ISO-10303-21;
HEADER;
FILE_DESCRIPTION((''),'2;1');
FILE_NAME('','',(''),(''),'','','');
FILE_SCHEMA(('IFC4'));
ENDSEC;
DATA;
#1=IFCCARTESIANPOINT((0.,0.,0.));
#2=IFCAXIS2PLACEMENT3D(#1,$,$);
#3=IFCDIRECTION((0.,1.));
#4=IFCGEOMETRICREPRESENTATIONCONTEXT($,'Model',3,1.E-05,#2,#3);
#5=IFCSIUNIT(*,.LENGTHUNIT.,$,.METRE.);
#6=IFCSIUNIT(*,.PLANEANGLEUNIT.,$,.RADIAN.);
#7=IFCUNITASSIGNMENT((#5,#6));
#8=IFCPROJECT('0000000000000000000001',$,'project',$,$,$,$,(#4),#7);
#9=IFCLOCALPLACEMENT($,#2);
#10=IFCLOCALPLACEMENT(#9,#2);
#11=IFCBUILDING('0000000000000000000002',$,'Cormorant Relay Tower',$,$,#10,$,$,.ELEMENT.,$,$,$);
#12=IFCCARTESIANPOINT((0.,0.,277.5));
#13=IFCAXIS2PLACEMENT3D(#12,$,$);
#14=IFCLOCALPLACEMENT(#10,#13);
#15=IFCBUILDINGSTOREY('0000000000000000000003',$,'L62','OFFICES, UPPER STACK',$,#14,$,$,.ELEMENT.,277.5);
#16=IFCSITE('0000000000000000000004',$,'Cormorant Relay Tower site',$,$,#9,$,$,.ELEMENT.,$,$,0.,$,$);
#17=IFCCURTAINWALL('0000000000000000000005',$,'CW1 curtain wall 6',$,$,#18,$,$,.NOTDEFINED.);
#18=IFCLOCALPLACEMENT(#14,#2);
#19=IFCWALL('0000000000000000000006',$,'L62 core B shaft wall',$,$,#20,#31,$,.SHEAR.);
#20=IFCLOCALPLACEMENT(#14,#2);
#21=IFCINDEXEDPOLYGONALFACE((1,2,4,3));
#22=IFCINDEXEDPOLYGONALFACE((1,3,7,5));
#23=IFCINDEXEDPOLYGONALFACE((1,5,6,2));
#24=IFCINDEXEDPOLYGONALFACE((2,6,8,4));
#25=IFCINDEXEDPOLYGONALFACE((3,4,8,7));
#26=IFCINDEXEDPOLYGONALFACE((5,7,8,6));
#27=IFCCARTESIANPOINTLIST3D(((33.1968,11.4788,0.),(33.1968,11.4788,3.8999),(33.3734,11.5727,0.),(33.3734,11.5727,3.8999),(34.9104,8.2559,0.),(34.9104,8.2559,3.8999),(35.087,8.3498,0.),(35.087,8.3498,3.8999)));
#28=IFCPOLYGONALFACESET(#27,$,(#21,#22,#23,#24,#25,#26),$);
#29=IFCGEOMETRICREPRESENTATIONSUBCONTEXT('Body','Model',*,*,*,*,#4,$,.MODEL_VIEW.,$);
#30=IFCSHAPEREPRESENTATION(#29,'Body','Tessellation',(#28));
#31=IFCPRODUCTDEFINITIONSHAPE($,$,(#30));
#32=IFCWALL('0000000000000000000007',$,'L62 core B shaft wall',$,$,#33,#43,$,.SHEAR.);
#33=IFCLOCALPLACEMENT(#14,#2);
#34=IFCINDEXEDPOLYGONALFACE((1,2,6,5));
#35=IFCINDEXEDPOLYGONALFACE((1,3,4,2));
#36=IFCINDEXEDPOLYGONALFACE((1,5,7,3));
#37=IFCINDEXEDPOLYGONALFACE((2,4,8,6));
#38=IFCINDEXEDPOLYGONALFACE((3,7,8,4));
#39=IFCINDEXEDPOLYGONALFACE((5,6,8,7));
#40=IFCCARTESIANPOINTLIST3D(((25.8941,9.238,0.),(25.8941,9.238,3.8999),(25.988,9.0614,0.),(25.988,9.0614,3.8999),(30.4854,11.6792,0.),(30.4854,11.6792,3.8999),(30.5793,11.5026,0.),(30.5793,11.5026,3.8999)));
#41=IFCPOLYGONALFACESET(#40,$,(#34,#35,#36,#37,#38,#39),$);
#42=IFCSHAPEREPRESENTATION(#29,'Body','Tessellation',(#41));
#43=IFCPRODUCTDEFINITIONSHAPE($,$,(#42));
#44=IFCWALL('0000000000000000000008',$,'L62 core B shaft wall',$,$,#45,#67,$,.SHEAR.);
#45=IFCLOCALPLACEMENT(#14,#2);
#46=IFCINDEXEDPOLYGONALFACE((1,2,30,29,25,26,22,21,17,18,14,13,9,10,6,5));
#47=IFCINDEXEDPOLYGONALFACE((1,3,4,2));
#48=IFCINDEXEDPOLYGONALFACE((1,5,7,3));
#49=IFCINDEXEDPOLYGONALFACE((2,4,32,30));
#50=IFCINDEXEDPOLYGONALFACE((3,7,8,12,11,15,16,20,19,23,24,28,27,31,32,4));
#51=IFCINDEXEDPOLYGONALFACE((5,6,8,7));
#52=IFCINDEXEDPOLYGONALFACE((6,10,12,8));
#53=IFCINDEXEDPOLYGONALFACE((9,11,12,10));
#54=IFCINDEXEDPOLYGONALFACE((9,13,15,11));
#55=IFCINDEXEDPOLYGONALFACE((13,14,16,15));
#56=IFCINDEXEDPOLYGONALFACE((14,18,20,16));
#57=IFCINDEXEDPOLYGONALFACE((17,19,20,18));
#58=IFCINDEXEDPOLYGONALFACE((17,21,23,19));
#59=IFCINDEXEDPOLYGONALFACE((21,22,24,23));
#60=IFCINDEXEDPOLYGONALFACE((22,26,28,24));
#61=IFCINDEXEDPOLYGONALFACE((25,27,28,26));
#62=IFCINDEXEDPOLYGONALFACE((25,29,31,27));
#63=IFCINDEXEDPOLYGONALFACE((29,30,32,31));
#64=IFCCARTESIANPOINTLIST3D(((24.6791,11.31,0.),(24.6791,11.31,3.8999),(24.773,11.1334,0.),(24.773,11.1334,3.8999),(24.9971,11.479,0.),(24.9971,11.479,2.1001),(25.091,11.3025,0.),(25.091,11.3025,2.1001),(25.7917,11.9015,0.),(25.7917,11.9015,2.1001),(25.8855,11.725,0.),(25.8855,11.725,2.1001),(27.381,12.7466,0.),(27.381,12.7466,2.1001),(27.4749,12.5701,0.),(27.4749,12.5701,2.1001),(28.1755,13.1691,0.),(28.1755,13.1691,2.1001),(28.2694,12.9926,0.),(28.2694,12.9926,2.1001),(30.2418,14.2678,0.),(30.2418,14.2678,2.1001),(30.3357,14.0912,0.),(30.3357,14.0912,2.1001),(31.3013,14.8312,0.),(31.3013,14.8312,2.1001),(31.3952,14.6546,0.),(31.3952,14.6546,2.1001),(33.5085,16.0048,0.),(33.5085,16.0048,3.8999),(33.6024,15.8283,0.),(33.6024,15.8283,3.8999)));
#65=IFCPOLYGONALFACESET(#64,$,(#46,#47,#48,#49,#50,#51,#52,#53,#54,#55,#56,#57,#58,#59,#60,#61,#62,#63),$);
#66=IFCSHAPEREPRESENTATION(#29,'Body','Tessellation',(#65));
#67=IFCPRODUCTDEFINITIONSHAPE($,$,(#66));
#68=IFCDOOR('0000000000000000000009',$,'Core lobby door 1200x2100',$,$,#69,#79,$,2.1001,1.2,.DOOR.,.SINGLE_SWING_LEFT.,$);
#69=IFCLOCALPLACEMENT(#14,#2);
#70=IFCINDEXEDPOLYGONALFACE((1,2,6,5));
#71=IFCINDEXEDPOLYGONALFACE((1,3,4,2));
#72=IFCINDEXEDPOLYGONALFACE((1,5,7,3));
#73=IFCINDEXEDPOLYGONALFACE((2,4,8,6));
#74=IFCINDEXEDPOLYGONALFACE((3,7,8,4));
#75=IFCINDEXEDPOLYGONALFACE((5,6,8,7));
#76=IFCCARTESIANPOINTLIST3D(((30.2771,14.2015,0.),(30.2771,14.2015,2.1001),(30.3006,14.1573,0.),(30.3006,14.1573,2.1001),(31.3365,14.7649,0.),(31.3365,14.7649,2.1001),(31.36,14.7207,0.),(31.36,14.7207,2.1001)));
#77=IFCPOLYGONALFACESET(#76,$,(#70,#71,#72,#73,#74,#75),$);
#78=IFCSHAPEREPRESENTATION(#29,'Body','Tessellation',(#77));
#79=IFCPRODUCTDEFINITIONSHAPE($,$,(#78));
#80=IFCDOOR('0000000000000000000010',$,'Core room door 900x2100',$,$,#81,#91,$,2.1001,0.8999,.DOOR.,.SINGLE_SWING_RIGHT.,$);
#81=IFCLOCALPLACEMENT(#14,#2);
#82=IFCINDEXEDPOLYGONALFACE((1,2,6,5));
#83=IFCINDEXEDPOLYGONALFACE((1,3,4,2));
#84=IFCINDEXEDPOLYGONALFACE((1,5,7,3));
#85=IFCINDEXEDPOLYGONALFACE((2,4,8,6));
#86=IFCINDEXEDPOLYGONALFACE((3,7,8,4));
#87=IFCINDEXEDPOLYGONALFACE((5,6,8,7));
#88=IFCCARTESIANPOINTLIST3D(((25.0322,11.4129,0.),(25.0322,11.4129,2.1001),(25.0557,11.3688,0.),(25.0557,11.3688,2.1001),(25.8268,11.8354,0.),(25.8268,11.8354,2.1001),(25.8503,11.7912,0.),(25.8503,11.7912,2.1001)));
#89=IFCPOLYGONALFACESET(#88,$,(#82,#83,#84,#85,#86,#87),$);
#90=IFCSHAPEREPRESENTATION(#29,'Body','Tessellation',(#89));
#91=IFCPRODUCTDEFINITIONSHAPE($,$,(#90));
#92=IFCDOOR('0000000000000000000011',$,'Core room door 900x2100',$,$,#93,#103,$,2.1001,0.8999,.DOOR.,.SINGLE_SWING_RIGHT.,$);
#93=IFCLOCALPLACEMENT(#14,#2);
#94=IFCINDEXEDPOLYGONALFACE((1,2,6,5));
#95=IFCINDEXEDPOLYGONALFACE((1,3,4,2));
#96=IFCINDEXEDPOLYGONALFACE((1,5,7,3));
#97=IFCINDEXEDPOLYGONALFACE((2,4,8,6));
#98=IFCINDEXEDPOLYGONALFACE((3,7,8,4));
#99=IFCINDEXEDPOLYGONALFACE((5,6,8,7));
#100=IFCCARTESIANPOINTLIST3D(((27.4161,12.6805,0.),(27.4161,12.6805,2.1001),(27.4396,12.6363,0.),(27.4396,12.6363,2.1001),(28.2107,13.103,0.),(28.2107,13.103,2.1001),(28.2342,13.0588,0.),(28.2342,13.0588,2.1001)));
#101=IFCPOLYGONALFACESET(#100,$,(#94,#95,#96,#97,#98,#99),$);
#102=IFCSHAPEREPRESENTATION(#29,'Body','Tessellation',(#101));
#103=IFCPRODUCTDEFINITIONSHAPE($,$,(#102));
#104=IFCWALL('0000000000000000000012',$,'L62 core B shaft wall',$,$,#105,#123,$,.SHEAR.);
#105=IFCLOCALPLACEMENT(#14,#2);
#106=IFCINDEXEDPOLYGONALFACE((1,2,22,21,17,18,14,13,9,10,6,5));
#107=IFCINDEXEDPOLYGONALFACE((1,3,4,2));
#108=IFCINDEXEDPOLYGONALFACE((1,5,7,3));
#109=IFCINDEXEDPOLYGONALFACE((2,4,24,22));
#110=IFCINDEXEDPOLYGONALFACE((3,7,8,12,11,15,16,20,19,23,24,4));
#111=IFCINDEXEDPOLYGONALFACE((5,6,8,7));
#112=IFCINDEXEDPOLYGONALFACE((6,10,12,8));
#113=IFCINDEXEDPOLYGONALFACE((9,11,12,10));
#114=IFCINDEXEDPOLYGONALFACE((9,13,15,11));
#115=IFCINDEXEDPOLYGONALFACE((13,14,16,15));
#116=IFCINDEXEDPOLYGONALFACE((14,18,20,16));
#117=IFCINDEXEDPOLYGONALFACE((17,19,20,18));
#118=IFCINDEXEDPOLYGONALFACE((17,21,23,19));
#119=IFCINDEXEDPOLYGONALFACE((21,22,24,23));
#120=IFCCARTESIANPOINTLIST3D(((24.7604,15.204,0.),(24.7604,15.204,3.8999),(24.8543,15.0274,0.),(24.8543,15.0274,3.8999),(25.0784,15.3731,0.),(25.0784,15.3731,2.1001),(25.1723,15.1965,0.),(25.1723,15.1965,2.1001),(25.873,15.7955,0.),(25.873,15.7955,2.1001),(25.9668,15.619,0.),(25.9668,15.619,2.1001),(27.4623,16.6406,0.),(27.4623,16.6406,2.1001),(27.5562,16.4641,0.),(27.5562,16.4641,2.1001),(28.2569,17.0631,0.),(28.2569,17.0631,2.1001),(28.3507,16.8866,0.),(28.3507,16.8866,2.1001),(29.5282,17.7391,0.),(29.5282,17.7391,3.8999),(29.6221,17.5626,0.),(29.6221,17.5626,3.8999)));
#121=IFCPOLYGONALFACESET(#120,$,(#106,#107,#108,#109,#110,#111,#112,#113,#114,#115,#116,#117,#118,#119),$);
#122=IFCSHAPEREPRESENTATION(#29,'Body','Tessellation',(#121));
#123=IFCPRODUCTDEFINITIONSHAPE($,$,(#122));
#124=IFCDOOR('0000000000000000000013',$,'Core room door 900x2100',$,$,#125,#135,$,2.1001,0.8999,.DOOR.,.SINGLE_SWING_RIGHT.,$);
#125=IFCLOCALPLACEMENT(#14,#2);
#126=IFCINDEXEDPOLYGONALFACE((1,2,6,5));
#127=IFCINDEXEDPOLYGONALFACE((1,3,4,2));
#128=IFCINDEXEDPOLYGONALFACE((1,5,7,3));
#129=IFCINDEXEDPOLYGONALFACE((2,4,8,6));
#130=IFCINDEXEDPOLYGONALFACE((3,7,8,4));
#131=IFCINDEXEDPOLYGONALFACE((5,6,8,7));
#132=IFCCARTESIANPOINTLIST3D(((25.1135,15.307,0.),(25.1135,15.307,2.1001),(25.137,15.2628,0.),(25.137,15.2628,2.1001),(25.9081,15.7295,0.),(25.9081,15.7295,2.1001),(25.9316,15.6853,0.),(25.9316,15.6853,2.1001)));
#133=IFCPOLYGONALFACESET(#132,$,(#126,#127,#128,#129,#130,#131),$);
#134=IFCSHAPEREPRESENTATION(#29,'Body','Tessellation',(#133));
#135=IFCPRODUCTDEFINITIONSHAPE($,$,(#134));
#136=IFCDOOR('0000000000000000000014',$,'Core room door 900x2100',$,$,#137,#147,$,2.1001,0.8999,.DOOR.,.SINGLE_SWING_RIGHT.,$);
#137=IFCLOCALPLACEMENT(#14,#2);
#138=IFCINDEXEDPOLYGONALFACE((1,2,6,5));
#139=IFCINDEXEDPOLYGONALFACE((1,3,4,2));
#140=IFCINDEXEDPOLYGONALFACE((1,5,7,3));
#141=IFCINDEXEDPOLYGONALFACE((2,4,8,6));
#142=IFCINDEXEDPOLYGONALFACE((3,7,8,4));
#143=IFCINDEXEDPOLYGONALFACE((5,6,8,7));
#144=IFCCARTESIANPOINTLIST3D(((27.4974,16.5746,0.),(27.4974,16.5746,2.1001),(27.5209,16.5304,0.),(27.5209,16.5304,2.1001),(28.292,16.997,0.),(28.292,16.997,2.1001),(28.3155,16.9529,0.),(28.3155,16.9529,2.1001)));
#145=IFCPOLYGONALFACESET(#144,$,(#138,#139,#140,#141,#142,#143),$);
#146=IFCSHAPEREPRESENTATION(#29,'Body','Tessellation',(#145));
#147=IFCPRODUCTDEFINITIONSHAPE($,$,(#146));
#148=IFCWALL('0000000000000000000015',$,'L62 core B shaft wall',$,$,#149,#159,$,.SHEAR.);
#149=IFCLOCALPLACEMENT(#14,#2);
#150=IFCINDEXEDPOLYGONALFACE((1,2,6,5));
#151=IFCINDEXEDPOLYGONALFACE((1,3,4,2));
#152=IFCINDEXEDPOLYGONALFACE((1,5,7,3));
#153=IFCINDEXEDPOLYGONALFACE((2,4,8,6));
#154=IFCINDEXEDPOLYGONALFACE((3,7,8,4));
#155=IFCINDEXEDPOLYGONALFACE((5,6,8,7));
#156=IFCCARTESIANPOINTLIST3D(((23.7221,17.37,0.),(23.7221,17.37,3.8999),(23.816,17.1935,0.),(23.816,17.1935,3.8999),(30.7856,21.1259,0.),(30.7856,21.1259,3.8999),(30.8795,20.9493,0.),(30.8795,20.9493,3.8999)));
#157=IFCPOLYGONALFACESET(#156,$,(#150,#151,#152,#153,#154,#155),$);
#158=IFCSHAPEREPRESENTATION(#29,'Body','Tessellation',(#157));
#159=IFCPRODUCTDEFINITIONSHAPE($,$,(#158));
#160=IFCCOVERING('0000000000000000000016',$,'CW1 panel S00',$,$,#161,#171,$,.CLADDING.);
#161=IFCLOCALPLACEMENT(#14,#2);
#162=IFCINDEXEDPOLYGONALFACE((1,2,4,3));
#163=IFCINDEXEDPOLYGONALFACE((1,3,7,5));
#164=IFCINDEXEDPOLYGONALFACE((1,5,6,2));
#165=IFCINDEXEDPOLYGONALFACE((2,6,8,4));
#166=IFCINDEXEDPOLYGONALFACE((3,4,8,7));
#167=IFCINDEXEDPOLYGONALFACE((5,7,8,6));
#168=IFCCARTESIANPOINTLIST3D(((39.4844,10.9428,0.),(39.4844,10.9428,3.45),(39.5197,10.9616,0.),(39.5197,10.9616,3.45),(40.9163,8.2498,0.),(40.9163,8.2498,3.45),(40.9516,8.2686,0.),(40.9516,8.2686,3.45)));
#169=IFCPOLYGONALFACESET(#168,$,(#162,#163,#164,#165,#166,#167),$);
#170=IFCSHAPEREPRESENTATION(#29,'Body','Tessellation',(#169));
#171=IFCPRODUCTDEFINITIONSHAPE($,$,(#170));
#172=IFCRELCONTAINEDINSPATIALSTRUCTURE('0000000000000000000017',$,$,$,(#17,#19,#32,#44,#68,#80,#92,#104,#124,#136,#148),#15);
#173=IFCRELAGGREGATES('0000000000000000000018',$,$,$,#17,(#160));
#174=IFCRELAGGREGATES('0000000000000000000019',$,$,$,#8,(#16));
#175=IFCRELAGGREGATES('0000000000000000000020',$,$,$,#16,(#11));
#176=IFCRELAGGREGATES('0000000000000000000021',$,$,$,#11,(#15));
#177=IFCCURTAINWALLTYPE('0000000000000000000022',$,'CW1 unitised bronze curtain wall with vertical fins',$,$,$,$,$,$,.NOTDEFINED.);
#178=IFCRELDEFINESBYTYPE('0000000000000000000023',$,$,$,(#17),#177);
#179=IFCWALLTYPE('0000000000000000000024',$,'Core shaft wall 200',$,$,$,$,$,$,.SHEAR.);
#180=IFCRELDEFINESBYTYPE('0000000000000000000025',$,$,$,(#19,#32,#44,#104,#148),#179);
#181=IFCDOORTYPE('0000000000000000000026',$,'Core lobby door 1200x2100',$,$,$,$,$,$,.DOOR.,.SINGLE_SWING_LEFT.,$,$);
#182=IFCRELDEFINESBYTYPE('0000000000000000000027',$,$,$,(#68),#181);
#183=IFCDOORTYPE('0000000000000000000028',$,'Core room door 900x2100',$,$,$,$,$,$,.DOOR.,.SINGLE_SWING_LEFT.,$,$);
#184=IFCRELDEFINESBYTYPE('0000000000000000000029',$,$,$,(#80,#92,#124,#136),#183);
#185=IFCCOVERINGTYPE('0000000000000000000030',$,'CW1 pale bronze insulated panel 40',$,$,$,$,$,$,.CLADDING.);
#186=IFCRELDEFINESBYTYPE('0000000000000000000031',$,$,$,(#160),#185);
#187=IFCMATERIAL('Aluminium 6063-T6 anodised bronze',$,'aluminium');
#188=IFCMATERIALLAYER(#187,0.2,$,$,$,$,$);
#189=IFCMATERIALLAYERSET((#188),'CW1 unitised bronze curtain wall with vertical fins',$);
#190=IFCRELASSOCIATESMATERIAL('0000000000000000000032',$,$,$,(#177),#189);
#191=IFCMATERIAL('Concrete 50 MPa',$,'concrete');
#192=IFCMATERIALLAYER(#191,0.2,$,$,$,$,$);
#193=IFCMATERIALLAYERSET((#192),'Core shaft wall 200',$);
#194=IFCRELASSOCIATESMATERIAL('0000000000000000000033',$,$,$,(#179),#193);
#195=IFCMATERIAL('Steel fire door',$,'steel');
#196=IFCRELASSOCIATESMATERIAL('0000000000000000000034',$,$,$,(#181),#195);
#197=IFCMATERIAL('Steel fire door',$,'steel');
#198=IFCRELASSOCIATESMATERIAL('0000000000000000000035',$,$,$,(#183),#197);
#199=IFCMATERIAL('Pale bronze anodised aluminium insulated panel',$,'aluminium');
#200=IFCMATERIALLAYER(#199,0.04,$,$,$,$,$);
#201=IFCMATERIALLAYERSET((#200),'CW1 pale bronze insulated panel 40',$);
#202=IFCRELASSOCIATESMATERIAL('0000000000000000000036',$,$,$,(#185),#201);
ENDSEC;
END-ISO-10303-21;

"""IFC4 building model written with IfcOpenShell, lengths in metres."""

from ifc_helpers import new_model, si_unit, direction, frame, frame_2d, origin, origin_2d, place, context, subcontext, project, spatial, rectangle, extrude, material, layer, layer_set, type_object, element, fill, aggregate, save


model = new_model("IFC4")

# Units and contexts
model_context = context("Model", 3, precision=1e-05, world=origin(), true_north=direction((0.0, 1.0)))
body_context = subcontext(model_context, "Body", "Model", "MODEL_VIEW")
ifc_project = project(units=[si_unit("LENGTHUNIT", "METRE"), si_unit("PLANEANGLEUNIT", "RADIAN")], contexts=[model_context])

# Site, building, storey
site_placement = place(None, origin())
site = spatial("IfcSite", under=ifc_project, at=site_placement, Name="Cormorant Relay Tower site", CompositionType="ELEMENT", RefElevation=0.0)
building_placement = place(site_placement, origin())
building = spatial("IfcBuilding", under=site, at=building_placement, Name="Cormorant Relay Tower", CompositionType="ELEMENT")
storey_placement = place(building_placement, frame((0.0, 0.0, 277.5)))
storey = spatial("IfcBuildingStorey", under=building, at=storey_placement, Name="L62", Description="OFFICES, UPPER STACK", CompositionType="ELEMENT", Elevation=277.5)

# Curtain wall
ifc_material_1 = material(Name="Aluminium 6063-T6 anodised bronze", Category="aluminium")
ifc_layer_1 = layer(ifc_material_1, 0.2)
ifc_layer_set_1 = layer_set([ifc_layer_1], Name="CW1 unitised bronze curtain wall with vertical fins")
curtain_wall_type = type_object("IfcCurtainWallType", Name="CW1 unitised bronze curtain wall with vertical fins", PredefinedType="NOTDEFINED", material=ifc_layer_set_1)
curtain_wall_1_placement = place(storey_placement, origin())
curtain_wall_1 = element("IfcCurtainWall", 1, at=curtain_wall_1_placement, inside=storey, type_object=curtain_wall_type, Name="CW1 curtain wall 6", PredefinedType="NOTDEFINED")

# Shared definitions
ifc_material_2 = material(Name="Concrete 50 MPa", Category="concrete")
ifc_layer_2 = layer(ifc_material_2, 0.2)
ifc_layer_set_2 = layer_set([ifc_layer_2], Name="Core shaft wall 200")
wall_type_1 = type_object("IfcWallType", Name="Core shaft wall 200", PredefinedType="SHEAR", material=ifc_layer_set_2)

# Wall
wall_1_placement = place(storey_placement, frame((34.9988, 8.3027, 0.0), z_axis=(0.0, 0.0, 1.0), x_axis=(-0.469467, 0.88295, 0.0)))
element("IfcWall", 2, at=wall_1_placement, inside=storey, type_object=wall_type_1, Name="L62 core B shaft wall", PredefinedType="SHEAR", context=body_context, shape_type="SweptSolid", body=[
    extrude(rectangle(XDim=3.6501, YDim=0.2, at=frame_2d((1.8252, 0.0))), origin(), (0.0, 0.0, 1.0), 3.8999),
])

# Wall
wall_2_placement = place(storey_placement, frame((25.9409, 9.1497, 0.0), z_axis=(0.0, 0.0, 1.0), x_axis=(0.882954, 0.46946, 0.0)))
element("IfcWall", 3, at=wall_2_placement, inside=storey, type_object=wall_type_1, Name="L62 core B shaft wall", PredefinedType="SHEAR", context=body_context, shape_type="SweptSolid", body=[
    extrude(rectangle(XDim=5.2, YDim=0.2, at=frame_2d((2.6001, 0.0))), origin(), (0.0, 0.0, 1.0), 3.8999),
])

# Walls, openings, doors
wall_3_placement = place(storey_placement, frame((24.7261, 11.2217, 0.0), z_axis=(0.0, 0.0, 1.0), x_axis=(0.88294, 0.469485, 0.0)))
wall_3 = element("IfcWall", 4, at=wall_3_placement, inside=storey, type_object=wall_type_1, Name="L62 core B shaft wall", PredefinedType="SHEAR", context=body_context, shape_type="SweptSolid", body=[
    extrude(rectangle(XDim=10.0, YDim=0.2, at=frame_2d((5.0, 0.0))), origin(), (0.0, 0.0, 1.0), 3.8999),
])
opening_1_placement = place(wall_3_placement, frame((6.3, 0.0, 0.0)))
opening_1 = element("IfcOpeningElement", 5, at=opening_1_placement, cuts=wall_3, PredefinedType="OPENING", context=body_context, shape_type="SweptSolid", body=[
    extrude(rectangle(XDim=1.2, YDim=2.1001, at=frame_2d((0.6001, 1.05))), frame((0.0, 0.1099, 0.0), z_axis=(0.0, -1.0, 0.0), x_axis=(1.0, 0.0, 0.0)), (0.0, 0.0, 1.0), 0.22),
])
opening_2_placement = place(wall_3_placement, frame((0.3601, 0.0, 0.0)))
opening_2 = element("IfcOpeningElement", 6, at=opening_2_placement, cuts=wall_3, PredefinedType="OPENING", context=body_context, shape_type="SweptSolid", body=[
    extrude(rectangle(XDim=0.8999, YDim=2.1001, at=frame_2d((0.45, 1.05))), frame((0.0, 0.1099, 0.0), z_axis=(0.0, -1.0, 0.0), x_axis=(1.0, 0.0, 0.0)), (0.0, 0.0, 1.0), 0.22),
])
opening_3_placement = place(wall_3_placement, frame((3.0601, 0.0, 0.0)))
opening_3 = element("IfcOpeningElement", 7, at=opening_3_placement, cuts=wall_3, PredefinedType="OPENING", context=body_context, shape_type="SweptSolid", body=[
    extrude(rectangle(XDim=0.8999, YDim=2.1001, at=frame_2d((0.45, 1.05))), frame((0.0, 0.1099, 0.0), z_axis=(0.0, -1.0, 0.0), x_axis=(1.0, 0.0, 0.0)), (0.0, 0.0, 1.0), 0.22),
])
ifc_material_3 = material(Name="Steel fire door", Category="steel")
door_type_1 = type_object("IfcDoorType", Name="Core lobby door 1200x2100", OperationType="SINGLE_SWING_LEFT", PredefinedType="DOOR", material=ifc_material_3)
door_1_placement = place(opening_1_placement, origin())
door_1 = element("IfcDoor", 8, at=door_1_placement, inside=storey, type_object=door_type_1, Name="Core lobby door 1200x2100", OperationType="SINGLE_SWING_LEFT", OverallHeight=2.1001, OverallWidth=1.2, PredefinedType="DOOR", context=body_context, shape_type="SweptSolid", body=[
    extrude(rectangle(XDim=1.2, YDim=2.1001, at=frame_2d((0.6001, 1.05))), frame((0.0, 0.0249, 0.0), z_axis=(0.0, -1.0, 0.0), x_axis=(1.0, 0.0, 0.0)), (0.0, 0.0, 1.0), 0.05),
])
fill(opening_1, door_1)
ifc_material_4 = material(Name="Steel fire door", Category="steel")
door_type_2 = type_object("IfcDoorType", Name="Core room door 900x2100", OperationType="SINGLE_SWING_LEFT", PredefinedType="DOOR", material=ifc_material_4)
door_2_placement = place(opening_2_placement, frame((0.8999, 0.0, 0.0), z_axis=(0.0, 0.0, 1.0), x_axis=(-1.0, 0.0, 0.0)))
door_2 = element("IfcDoor", 9, at=door_2_placement, inside=storey, type_object=door_type_2, Name="Core room door 900x2100", OperationType="SINGLE_SWING_RIGHT", OverallHeight=2.1001, OverallWidth=0.8999, PredefinedType="DOOR", context=body_context, shape_type="SweptSolid", body=[
    extrude(rectangle(XDim=0.8999, YDim=2.1001, at=frame_2d((0.45, 1.05))), frame((0.0, 0.0249, 0.0), z_axis=(0.0, -1.0, 0.0), x_axis=(1.0, 0.0, 0.0)), (0.0, 0.0, 1.0), 0.05),
])
fill(opening_2, door_2)
door_3_placement = place(opening_3_placement, frame((0.8999, 0.0, 0.0), z_axis=(0.0, 0.0, 1.0), x_axis=(-1.0, 0.0, 0.0)))
door_3 = element("IfcDoor", 10, at=door_3_placement, inside=storey, type_object=door_type_2, Name="Core room door 900x2100", OperationType="SINGLE_SWING_RIGHT", OverallHeight=2.1001, OverallWidth=0.8999, PredefinedType="DOOR", context=body_context, shape_type="SweptSolid", body=[
    extrude(rectangle(XDim=0.8999, YDim=2.1001, at=frame_2d((0.45, 1.05))), frame((0.0, 0.0249, 0.0), z_axis=(0.0, -1.0, 0.0), x_axis=(1.0, 0.0, 0.0)), (0.0, 0.0, 1.0), 0.05),
])
fill(opening_3, door_3)
wall_4_placement = place(storey_placement, frame((24.8074, 15.1157, 0.0), z_axis=(0.0, 0.0, 1.0), x_axis=(0.882943, 0.46948, 0.0)))
wall_4 = element("IfcWall", 11, at=wall_4_placement, inside=storey, type_object=wall_type_1, Name="L62 core B shaft wall", PredefinedType="SHEAR", context=body_context, shape_type="SweptSolid", body=[
    extrude(rectangle(XDim=5.3999, YDim=0.2, at=frame_2d((2.7, 0.0))), origin(), (0.0, 0.0, 1.0), 3.8999),
])
opening_4_placement = place(wall_4_placement, frame((0.3601, 0.0, 0.0)))
opening_4 = element("IfcOpeningElement", 12, at=opening_4_placement, cuts=wall_4, PredefinedType="OPENING", context=body_context, shape_type="SweptSolid", body=[
    extrude(rectangle(XDim=0.8999, YDim=2.1001, at=frame_2d((0.45, 1.05))), frame((0.0, 0.1099, 0.0), z_axis=(0.0, -1.0, 0.0), x_axis=(1.0, 0.0, 0.0)), (0.0, 0.0, 1.0), 0.22),
])
opening_5_placement = place(wall_4_placement, frame((3.0601, 0.0, 0.0)))
opening_5 = element("IfcOpeningElement", 13, at=opening_5_placement, cuts=wall_4, PredefinedType="OPENING", context=body_context, shape_type="SweptSolid", body=[
    extrude(rectangle(XDim=0.8999, YDim=2.1001, at=frame_2d((0.45, 1.05))), frame((0.0, 0.1099, 0.0), z_axis=(0.0, -1.0, 0.0), x_axis=(1.0, 0.0, 0.0)), (0.0, 0.0, 1.0), 0.22),
])
door_4_placement = place(opening_4_placement, frame((0.8999, 0.0, 0.0), z_axis=(0.0, 0.0, 1.0), x_axis=(-1.0, 0.0, 0.0)))
door_4 = element("IfcDoor", 14, at=door_4_placement, inside=storey, type_object=door_type_2, Name="Core room door 900x2100", OperationType="SINGLE_SWING_RIGHT", OverallHeight=2.1001, OverallWidth=0.8999, PredefinedType="DOOR", context=body_context, shape_type="SweptSolid", body=[
    extrude(rectangle(XDim=0.8999, YDim=2.1001, at=frame_2d((0.45, 1.05))), frame((0.0, 0.0249, 0.0), z_axis=(0.0, -1.0, 0.0), x_axis=(1.0, 0.0, 0.0)), (0.0, 0.0, 1.0), 0.05),
])
fill(opening_4, door_4)
door_5_placement = place(opening_5_placement, frame((0.8999, 0.0, 0.0), z_axis=(0.0, 0.0, 1.0), x_axis=(-1.0, 0.0, 0.0)))
door_5 = element("IfcDoor", 15, at=door_5_placement, inside=storey, type_object=door_type_2, Name="Core room door 900x2100", OperationType="SINGLE_SWING_RIGHT", OverallHeight=2.1001, OverallWidth=0.8999, PredefinedType="DOOR", context=body_context, shape_type="SweptSolid", body=[
    extrude(rectangle(XDim=0.8999, YDim=2.1001, at=frame_2d((0.45, 1.05))), frame((0.0, 0.0249, 0.0), z_axis=(0.0, -1.0, 0.0), x_axis=(1.0, 0.0, 0.0)), (0.0, 0.0, 1.0), 0.05),
])
fill(opening_5, door_5)

# Wall
wall_5_placement = place(storey_placement, frame((23.769, 17.2817, 0.0), z_axis=(0.0, 0.0, 1.0), x_axis=(0.88294, 0.469485, 0.0)))
element("IfcWall", 16, at=wall_5_placement, inside=storey, type_object=wall_type_1, Name="L62 core B shaft wall", PredefinedType="SHEAR", context=body_context, shape_type="SweptSolid", body=[
    extrude(rectangle(XDim=8.0, YDim=0.2, at=frame_2d((4.0, 0.0))), origin(), (0.0, 0.0, 1.0), 3.8999),
])

# Covering
ifc_material_5 = material(Name="Pale bronze anodised aluminium insulated panel", Category="aluminium")
ifc_layer_3 = layer(ifc_material_5, 0.04)
ifc_layer_set_3 = layer_set([ifc_layer_3], Name="CW1 pale bronze insulated panel 40")
covering_type = type_object("IfcCoveringType", Name="CW1 pale bronze insulated panel 40", PredefinedType="CLADDING", material=ifc_layer_set_3)
covering_placement = place(storey_placement, frame((40.218, 9.6057, 0.0), z_axis=(0.0, 0.0, 1.0), x_axis=(-0.469472, 0.882948, 0.0)))
covering = element("IfcCovering", 17, at=covering_placement, type_object=covering_type, Name="CW1 panel S00", PredefinedType="CLADDING", context=body_context, shape_type="SweptSolid", body=[
    extrude(rectangle(XDim=3.05, YDim=0.04, at=origin_2d()), origin(), (0.0, 0.0, 1.0), 3.45),
])
aggregate(curtain_wall_1, [covering])

save(model, "model.ifc")
